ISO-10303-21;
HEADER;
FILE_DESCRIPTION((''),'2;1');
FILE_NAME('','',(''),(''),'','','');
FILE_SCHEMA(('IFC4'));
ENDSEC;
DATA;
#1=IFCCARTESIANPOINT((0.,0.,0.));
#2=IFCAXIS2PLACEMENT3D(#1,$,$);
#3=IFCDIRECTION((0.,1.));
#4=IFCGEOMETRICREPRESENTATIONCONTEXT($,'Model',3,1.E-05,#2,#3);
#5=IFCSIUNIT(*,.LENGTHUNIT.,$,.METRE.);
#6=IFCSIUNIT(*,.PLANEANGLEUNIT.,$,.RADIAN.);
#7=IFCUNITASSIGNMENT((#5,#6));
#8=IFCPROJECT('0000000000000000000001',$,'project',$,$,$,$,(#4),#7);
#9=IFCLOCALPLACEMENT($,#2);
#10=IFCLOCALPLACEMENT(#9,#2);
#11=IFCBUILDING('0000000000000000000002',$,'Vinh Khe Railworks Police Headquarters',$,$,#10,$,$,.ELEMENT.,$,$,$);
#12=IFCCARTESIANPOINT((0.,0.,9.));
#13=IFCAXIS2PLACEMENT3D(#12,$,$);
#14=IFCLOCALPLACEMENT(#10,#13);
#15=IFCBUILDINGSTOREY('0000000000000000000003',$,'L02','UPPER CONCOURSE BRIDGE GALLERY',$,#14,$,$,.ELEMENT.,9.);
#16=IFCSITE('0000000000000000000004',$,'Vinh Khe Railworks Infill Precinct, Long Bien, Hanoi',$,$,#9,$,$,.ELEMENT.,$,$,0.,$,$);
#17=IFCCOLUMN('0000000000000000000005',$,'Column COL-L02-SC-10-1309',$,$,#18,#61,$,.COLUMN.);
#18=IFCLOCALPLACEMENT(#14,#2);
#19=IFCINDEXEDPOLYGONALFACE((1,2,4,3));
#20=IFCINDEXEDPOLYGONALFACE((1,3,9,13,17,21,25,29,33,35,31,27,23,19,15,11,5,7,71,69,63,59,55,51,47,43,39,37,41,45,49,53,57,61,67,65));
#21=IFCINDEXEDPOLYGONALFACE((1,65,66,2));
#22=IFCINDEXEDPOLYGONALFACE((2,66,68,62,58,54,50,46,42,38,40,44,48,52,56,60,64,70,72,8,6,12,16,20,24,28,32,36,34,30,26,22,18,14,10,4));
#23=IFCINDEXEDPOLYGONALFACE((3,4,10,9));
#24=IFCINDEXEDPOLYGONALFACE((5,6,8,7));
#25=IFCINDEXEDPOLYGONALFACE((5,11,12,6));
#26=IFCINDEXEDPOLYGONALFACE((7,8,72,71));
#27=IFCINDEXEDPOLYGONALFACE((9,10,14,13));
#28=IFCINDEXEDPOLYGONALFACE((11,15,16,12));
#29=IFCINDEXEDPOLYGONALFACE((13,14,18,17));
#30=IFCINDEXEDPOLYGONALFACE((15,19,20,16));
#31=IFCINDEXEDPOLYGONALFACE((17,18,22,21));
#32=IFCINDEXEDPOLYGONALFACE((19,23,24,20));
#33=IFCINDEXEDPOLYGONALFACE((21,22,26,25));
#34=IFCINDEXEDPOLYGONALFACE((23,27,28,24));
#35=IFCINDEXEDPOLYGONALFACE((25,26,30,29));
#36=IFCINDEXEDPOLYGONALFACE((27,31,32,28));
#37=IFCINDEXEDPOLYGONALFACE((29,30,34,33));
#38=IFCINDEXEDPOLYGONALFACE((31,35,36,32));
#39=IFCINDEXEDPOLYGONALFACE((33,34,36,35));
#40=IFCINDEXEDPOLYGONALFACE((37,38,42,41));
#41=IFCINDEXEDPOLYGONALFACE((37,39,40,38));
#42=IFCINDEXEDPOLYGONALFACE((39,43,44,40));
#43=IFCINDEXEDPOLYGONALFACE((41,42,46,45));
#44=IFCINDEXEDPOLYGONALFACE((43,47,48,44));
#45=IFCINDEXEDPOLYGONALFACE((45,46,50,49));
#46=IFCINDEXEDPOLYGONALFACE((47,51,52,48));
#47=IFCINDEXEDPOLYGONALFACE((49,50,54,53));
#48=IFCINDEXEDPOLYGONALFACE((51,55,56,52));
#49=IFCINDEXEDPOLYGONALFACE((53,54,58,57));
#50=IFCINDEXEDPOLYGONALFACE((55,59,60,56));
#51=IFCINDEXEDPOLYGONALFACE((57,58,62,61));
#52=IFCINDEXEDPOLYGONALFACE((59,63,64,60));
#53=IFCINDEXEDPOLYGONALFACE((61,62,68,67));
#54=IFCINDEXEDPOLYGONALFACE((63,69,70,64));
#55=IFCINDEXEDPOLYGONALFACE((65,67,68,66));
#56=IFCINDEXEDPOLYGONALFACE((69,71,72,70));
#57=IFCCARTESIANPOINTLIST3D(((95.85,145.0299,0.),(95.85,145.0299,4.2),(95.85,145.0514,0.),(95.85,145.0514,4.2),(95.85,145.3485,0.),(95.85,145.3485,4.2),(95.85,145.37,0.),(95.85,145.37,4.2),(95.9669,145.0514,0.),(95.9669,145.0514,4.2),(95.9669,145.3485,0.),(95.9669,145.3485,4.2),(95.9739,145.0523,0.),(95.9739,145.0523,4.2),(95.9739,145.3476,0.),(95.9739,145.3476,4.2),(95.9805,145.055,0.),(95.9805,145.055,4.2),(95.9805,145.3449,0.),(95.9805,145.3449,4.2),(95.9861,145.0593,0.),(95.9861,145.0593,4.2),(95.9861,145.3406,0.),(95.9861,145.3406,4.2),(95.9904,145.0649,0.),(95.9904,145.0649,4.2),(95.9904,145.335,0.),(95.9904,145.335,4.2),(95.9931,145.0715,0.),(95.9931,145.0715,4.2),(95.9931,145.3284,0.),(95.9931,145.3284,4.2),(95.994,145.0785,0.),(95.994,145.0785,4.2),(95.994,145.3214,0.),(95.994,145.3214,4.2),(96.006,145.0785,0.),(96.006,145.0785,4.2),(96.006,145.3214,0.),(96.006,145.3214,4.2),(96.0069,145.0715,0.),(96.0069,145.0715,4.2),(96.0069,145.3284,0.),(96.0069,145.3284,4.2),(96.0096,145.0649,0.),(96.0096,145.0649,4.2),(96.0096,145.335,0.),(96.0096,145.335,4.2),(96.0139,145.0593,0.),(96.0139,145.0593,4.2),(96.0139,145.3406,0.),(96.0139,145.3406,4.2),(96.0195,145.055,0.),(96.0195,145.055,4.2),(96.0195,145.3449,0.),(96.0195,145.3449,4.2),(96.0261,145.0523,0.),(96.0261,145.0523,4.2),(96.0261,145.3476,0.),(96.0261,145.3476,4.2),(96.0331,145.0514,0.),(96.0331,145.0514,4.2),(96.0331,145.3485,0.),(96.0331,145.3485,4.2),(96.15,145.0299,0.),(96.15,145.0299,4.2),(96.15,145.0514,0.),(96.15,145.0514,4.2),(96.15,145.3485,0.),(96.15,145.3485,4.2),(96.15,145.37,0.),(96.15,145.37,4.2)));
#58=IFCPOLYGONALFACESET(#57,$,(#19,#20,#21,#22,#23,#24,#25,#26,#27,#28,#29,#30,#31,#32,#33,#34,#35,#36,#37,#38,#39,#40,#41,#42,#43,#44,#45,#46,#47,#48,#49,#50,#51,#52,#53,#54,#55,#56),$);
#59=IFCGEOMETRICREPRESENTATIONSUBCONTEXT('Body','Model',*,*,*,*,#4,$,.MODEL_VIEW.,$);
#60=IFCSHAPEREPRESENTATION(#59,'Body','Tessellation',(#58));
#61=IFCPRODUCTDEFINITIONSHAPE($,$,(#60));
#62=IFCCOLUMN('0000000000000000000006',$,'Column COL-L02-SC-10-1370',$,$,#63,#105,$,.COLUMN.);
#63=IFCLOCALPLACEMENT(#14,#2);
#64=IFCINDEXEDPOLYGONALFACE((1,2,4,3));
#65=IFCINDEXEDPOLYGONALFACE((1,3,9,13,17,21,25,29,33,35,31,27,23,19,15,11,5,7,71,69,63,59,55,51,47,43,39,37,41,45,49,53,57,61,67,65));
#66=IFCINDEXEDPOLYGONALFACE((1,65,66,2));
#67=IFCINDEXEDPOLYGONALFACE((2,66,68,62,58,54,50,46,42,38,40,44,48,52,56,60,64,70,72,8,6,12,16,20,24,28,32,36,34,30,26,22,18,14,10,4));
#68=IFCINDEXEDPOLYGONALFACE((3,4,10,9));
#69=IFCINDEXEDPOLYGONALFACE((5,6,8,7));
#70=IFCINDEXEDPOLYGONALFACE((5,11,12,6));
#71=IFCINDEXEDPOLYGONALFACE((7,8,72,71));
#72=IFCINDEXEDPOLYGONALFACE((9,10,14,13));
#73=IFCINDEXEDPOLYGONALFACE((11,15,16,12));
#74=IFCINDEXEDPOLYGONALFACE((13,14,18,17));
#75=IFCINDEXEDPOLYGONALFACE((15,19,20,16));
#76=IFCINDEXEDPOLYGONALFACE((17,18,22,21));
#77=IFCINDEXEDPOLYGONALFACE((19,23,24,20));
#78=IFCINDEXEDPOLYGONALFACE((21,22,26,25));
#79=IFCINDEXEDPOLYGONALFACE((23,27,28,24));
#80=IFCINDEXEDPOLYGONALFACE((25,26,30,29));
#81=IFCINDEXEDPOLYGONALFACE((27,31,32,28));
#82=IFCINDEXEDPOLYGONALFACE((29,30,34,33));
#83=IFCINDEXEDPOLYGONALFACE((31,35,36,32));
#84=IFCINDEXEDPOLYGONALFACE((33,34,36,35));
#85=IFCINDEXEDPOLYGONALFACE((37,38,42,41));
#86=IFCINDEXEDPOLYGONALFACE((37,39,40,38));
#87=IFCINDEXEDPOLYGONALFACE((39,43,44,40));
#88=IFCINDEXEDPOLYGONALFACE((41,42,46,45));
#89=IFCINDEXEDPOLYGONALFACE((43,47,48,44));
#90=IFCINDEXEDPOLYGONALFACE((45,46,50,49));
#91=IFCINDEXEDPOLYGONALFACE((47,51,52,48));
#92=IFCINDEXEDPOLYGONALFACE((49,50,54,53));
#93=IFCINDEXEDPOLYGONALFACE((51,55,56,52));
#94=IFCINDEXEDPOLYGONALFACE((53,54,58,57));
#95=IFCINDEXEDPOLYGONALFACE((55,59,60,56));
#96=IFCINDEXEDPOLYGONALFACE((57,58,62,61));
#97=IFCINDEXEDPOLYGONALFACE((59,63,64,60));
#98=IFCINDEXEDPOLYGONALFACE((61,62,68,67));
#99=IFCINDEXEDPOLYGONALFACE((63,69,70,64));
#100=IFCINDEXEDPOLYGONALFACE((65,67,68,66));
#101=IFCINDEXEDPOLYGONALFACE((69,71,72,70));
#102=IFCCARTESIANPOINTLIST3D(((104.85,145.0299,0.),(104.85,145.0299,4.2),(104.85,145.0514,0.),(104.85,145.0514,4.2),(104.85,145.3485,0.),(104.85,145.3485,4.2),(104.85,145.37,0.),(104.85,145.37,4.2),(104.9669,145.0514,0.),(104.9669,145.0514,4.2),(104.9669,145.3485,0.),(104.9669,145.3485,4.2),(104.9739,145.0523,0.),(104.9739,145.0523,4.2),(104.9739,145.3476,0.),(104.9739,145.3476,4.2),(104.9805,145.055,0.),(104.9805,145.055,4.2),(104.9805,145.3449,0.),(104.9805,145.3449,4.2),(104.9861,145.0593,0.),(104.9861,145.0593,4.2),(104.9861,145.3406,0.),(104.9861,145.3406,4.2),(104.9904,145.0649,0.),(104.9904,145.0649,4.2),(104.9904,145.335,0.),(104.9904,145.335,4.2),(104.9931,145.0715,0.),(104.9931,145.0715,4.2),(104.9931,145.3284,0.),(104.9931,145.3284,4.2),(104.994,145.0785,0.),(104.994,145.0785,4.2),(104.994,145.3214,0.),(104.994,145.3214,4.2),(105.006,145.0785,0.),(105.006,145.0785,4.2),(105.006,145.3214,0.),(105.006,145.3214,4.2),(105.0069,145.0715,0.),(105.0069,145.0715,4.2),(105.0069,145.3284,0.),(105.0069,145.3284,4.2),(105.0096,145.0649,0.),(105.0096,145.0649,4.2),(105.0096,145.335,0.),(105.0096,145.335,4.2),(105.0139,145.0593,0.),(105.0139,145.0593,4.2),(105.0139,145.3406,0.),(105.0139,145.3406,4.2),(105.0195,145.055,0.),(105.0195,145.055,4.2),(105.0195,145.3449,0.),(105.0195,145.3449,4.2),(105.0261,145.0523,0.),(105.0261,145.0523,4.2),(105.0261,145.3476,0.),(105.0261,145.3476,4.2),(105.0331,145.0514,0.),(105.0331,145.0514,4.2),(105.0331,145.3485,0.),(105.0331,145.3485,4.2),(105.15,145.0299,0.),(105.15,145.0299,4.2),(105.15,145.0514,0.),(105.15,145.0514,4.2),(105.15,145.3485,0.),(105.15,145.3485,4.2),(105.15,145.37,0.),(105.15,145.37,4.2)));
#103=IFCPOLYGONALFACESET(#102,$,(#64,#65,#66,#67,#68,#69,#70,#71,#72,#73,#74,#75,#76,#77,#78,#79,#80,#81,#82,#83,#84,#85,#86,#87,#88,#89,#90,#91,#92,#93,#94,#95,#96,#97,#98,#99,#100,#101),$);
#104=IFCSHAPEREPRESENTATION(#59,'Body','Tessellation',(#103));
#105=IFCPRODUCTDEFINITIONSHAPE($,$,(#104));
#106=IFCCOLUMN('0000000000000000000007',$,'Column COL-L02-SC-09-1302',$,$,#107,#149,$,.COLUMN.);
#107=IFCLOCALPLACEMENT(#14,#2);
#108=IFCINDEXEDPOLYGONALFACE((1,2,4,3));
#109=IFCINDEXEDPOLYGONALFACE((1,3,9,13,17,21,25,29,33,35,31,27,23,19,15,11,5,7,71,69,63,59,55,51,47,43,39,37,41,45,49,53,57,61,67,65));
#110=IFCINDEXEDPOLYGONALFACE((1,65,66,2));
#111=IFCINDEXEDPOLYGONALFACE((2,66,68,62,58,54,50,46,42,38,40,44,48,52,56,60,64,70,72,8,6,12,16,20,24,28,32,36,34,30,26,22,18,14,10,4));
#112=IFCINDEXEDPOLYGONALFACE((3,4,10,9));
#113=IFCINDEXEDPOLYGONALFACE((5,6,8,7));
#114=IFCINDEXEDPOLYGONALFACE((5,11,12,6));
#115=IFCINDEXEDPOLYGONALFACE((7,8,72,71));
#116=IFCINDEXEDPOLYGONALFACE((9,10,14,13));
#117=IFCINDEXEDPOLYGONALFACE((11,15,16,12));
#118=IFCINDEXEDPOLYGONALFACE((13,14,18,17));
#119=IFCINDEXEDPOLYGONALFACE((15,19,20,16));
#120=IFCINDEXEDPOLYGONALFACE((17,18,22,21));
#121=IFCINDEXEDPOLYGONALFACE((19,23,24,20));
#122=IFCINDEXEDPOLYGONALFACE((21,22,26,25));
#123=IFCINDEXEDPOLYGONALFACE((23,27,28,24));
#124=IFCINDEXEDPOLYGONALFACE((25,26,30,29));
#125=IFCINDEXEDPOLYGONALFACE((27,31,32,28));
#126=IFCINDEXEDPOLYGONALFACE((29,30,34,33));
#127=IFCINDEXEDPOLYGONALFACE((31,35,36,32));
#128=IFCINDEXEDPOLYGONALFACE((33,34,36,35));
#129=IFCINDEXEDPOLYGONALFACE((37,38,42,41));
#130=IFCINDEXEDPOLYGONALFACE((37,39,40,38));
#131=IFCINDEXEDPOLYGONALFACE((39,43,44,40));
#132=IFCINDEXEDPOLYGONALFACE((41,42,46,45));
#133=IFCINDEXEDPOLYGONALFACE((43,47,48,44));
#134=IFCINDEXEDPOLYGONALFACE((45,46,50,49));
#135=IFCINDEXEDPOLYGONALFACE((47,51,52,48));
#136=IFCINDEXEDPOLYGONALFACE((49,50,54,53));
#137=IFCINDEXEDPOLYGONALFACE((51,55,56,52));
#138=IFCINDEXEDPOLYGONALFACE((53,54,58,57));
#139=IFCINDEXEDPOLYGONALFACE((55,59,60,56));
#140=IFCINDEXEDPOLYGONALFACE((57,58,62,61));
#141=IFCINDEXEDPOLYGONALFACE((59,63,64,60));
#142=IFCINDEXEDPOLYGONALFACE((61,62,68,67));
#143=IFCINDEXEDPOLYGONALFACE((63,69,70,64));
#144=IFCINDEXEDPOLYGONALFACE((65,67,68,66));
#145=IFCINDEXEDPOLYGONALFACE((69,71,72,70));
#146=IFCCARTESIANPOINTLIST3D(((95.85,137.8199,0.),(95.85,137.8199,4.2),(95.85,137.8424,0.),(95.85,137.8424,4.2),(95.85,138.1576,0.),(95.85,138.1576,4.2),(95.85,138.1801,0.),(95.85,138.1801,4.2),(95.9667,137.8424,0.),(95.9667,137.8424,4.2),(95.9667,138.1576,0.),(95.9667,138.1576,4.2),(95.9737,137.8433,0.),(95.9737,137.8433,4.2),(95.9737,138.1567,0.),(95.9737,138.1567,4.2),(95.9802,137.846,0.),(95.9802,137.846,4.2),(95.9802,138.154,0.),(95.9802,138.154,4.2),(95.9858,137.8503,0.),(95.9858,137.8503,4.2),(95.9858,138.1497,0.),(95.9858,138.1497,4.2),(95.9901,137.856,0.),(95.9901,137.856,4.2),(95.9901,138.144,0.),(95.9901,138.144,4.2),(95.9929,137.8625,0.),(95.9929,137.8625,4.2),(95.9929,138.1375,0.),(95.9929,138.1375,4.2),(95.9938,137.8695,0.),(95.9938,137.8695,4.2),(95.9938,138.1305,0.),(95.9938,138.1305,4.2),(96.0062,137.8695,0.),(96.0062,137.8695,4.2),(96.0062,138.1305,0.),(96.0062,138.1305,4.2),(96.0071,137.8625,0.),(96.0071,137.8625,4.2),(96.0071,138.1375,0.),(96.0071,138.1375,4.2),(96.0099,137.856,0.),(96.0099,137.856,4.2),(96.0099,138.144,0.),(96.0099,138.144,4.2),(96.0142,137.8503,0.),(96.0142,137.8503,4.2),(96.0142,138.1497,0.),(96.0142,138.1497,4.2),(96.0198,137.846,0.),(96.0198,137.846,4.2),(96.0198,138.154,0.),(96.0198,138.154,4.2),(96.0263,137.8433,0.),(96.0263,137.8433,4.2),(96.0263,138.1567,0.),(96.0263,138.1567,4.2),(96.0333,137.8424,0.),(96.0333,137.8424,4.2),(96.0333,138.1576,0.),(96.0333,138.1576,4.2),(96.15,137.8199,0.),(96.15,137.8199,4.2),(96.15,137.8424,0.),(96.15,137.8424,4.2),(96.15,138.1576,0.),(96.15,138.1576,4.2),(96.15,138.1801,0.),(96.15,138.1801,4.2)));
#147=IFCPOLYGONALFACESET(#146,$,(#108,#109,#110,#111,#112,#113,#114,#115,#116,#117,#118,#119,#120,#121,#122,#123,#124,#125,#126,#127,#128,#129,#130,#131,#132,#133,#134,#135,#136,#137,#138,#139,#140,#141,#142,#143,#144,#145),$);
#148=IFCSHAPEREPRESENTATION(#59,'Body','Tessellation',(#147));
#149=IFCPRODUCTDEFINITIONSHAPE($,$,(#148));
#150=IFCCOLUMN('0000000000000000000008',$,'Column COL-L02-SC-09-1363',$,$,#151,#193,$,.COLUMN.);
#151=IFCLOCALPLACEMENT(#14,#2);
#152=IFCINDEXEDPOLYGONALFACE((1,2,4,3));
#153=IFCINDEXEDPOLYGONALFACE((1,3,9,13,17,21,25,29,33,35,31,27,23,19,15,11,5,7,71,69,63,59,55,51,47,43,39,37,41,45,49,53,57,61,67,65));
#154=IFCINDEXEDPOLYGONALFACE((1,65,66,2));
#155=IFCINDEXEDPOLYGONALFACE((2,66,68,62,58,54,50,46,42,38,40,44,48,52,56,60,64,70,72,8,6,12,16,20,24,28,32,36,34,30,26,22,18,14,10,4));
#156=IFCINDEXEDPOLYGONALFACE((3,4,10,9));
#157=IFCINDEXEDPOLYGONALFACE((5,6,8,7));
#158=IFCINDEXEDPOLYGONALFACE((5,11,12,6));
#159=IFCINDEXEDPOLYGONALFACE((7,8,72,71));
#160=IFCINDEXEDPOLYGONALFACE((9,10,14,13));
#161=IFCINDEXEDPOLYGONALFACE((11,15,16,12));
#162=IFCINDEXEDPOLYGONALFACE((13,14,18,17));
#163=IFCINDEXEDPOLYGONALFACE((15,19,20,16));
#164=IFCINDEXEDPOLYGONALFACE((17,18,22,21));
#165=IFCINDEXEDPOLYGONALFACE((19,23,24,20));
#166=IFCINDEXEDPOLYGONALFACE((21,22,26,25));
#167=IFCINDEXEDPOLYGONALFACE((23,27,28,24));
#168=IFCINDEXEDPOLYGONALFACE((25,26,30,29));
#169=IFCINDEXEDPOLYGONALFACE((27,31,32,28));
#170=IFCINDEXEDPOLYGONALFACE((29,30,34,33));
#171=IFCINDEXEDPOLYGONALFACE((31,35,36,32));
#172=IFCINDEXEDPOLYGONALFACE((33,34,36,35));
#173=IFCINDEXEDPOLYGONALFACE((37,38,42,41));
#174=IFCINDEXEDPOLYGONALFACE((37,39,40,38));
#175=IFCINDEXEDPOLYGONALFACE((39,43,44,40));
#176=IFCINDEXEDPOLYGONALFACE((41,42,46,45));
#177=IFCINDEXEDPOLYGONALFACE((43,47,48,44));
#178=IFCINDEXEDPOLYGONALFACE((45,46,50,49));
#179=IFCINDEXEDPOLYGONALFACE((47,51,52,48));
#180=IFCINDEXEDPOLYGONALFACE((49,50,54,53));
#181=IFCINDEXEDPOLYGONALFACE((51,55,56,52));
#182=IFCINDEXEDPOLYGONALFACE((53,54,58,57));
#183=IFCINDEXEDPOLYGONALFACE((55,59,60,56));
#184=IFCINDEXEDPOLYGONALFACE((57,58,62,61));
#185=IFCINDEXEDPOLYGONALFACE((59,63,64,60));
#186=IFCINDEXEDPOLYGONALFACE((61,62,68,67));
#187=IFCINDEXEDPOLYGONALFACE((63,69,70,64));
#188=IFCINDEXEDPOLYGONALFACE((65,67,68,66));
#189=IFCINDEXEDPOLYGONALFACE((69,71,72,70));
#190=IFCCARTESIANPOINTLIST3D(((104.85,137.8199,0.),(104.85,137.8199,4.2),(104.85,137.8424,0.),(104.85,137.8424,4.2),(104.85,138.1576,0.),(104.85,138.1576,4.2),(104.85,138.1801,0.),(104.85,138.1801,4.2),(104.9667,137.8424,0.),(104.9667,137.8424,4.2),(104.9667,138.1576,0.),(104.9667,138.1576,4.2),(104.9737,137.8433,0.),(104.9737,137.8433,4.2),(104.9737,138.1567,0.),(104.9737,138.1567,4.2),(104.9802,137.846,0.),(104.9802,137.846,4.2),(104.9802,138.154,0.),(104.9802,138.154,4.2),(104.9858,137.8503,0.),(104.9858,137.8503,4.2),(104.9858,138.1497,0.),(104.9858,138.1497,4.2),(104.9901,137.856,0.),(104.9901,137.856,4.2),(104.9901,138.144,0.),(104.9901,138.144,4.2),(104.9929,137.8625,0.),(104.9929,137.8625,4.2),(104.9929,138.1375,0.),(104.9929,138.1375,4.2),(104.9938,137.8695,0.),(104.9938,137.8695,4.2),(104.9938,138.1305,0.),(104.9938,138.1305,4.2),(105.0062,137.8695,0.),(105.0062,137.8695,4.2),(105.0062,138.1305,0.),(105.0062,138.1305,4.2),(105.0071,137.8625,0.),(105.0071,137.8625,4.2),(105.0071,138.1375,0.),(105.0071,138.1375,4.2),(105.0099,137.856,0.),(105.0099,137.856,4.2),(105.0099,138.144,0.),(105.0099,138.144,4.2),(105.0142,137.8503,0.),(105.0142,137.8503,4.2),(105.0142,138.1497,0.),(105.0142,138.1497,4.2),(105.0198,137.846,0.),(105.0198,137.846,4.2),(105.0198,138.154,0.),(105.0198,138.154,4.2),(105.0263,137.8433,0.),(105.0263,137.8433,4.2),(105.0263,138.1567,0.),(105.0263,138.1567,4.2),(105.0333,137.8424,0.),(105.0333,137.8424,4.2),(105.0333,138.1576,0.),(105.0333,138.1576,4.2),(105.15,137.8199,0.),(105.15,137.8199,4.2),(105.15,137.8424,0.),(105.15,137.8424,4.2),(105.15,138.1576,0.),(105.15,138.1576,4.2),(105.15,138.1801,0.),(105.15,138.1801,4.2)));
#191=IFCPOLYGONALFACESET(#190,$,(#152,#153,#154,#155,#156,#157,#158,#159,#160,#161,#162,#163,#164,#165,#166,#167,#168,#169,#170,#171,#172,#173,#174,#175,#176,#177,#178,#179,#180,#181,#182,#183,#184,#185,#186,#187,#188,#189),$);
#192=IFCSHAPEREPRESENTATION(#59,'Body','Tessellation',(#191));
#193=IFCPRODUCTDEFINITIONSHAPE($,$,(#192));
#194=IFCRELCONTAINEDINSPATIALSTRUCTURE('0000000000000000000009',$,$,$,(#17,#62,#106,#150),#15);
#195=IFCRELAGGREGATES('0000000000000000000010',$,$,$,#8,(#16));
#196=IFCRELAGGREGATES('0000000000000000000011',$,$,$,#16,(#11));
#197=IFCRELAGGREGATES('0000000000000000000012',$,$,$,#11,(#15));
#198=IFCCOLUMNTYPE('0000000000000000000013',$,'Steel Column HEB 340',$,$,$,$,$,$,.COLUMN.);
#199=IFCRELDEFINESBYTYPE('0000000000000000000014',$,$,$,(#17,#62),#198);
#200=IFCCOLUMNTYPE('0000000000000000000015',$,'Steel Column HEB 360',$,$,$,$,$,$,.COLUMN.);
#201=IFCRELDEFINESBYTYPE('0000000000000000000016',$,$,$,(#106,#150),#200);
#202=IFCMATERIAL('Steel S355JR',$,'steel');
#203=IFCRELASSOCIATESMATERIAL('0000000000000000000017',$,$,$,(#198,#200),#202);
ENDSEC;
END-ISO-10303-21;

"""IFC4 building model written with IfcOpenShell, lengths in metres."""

from ifc_helpers import new_model, si_unit, direction, frame, origin, origin_2d, place, context, subcontext, project, spatial, i_section, extrude, material, material_profile, profile_set, type_object, element, save


model = new_model("IFC4")

# Units and contexts
model_context = context("Model", 3, precision=1e-05, world=origin(), true_north=direction((0.0, 1.0)))
body_context = subcontext(model_context, "Body", "Model", "MODEL_VIEW")
ifc_project = project(units=[si_unit("LENGTHUNIT", "METRE"), si_unit("PLANEANGLEUNIT", "RADIAN")], contexts=[model_context])

# Site, building, storey
site_placement = place(None, origin())
site = spatial("IfcSite", under=ifc_project, at=site_placement, Name="Vinh Khe Railworks Infill Precinct, Long Bien, Hanoi", CompositionType="ELEMENT", RefElevation=0.0)
building_placement = place(site_placement, origin())
building = spatial("IfcBuilding", under=site, at=building_placement, Name="Vinh Khe Railworks Police Headquarters", CompositionType="ELEMENT")
storey_placement = place(building_placement, frame((0.0, 0.0, 9.0)))
storey = spatial("IfcBuildingStorey", under=building, at=storey_placement, Name="L02", Description="UPPER CONCOURSE BRIDGE GALLERY", CompositionType="ELEMENT", Elevation=9.0)

# Columns
ifc_material_1 = material(Name="Steel S355JR", Category="steel")
ifc_material_profile_1 = material_profile(ifc_material_1, i_section(OverallWidth=0.3, OverallDepth=0.3401, WebThickness=0.012, FlangeThickness=0.0215, FilletRadius=0.0271, at=origin_2d()), Name="HEB 340")
ifc_profile_set_1 = profile_set([ifc_material_profile_1], Name="Steel S355JR")
column_type_1 = type_object("IfcColumnType", Name="Steel Column HEB 340", PredefinedType="COLUMN", material=ifc_profile_set_1)
for number, where, z_axis, x_axis, name in (
    (1, (96.0, 145.2, 0.0), (0.0, 0.0, 1.0), (1.0, 0.0, 0.0), "Column COL-L02-SC-10-1309"),
    (2, (105.0, 145.2, 0.0), (0.0, 0.0, 1.0), (1.0, 0.0, 0.0), "Column COL-L02-SC-10-1370"),
):
    element("IfcColumn", number, at=place(storey_placement, frame(where, z_axis=z_axis, x_axis=x_axis)), inside=storey, type_object=column_type_1, Name=name, PredefinedType="COLUMN", context=body_context, shape_type="SweptSolid", body=[
        extrude(i_section(OverallWidth=0.3, OverallDepth=0.3401, WebThickness=0.012, FlangeThickness=0.0215, FilletRadius=0.0271, at=origin_2d()), origin(), (0.0, 0.0, 1.0), 4.2),
    ])
ifc_material_profile_2 = material_profile(ifc_material_1, i_section(OverallWidth=0.3, OverallDepth=0.3601, WebThickness=0.0125, FlangeThickness=0.0225, FilletRadius=0.0271, at=origin_2d()), Name="HEB 360")
ifc_profile_set_2 = profile_set([ifc_material_profile_2], Name="Steel S355JR")
column_type_2 = type_object("IfcColumnType", Name="Steel Column HEB 360", PredefinedType="COLUMN", material=ifc_profile_set_2)
for number, where, z_axis, x_axis, name in (
    (3, (96.0, 138.0, 0.0), (0.0, 0.0, 1.0), (1.0, 0.0, 0.0), "Column COL-L02-SC-09-1302"),
    (4, (105.0, 138.0, 0.0), (0.0, 0.0, 1.0), (1.0, 0.0, 0.0), "Column COL-L02-SC-09-1363"),
):
    element("IfcColumn", number, at=place(storey_placement, frame(where, z_axis=z_axis, x_axis=x_axis)), inside=storey, type_object=column_type_2, Name=name, PredefinedType="COLUMN", context=body_context, shape_type="SweptSolid", body=[
        extrude(i_section(OverallWidth=0.3, OverallDepth=0.3601, WebThickness=0.0125, FlangeThickness=0.0225, FilletRadius=0.0271, at=origin_2d()), origin(), (0.0, 0.0, 1.0), 4.2),
    ])

save(model, "model.ifc")
